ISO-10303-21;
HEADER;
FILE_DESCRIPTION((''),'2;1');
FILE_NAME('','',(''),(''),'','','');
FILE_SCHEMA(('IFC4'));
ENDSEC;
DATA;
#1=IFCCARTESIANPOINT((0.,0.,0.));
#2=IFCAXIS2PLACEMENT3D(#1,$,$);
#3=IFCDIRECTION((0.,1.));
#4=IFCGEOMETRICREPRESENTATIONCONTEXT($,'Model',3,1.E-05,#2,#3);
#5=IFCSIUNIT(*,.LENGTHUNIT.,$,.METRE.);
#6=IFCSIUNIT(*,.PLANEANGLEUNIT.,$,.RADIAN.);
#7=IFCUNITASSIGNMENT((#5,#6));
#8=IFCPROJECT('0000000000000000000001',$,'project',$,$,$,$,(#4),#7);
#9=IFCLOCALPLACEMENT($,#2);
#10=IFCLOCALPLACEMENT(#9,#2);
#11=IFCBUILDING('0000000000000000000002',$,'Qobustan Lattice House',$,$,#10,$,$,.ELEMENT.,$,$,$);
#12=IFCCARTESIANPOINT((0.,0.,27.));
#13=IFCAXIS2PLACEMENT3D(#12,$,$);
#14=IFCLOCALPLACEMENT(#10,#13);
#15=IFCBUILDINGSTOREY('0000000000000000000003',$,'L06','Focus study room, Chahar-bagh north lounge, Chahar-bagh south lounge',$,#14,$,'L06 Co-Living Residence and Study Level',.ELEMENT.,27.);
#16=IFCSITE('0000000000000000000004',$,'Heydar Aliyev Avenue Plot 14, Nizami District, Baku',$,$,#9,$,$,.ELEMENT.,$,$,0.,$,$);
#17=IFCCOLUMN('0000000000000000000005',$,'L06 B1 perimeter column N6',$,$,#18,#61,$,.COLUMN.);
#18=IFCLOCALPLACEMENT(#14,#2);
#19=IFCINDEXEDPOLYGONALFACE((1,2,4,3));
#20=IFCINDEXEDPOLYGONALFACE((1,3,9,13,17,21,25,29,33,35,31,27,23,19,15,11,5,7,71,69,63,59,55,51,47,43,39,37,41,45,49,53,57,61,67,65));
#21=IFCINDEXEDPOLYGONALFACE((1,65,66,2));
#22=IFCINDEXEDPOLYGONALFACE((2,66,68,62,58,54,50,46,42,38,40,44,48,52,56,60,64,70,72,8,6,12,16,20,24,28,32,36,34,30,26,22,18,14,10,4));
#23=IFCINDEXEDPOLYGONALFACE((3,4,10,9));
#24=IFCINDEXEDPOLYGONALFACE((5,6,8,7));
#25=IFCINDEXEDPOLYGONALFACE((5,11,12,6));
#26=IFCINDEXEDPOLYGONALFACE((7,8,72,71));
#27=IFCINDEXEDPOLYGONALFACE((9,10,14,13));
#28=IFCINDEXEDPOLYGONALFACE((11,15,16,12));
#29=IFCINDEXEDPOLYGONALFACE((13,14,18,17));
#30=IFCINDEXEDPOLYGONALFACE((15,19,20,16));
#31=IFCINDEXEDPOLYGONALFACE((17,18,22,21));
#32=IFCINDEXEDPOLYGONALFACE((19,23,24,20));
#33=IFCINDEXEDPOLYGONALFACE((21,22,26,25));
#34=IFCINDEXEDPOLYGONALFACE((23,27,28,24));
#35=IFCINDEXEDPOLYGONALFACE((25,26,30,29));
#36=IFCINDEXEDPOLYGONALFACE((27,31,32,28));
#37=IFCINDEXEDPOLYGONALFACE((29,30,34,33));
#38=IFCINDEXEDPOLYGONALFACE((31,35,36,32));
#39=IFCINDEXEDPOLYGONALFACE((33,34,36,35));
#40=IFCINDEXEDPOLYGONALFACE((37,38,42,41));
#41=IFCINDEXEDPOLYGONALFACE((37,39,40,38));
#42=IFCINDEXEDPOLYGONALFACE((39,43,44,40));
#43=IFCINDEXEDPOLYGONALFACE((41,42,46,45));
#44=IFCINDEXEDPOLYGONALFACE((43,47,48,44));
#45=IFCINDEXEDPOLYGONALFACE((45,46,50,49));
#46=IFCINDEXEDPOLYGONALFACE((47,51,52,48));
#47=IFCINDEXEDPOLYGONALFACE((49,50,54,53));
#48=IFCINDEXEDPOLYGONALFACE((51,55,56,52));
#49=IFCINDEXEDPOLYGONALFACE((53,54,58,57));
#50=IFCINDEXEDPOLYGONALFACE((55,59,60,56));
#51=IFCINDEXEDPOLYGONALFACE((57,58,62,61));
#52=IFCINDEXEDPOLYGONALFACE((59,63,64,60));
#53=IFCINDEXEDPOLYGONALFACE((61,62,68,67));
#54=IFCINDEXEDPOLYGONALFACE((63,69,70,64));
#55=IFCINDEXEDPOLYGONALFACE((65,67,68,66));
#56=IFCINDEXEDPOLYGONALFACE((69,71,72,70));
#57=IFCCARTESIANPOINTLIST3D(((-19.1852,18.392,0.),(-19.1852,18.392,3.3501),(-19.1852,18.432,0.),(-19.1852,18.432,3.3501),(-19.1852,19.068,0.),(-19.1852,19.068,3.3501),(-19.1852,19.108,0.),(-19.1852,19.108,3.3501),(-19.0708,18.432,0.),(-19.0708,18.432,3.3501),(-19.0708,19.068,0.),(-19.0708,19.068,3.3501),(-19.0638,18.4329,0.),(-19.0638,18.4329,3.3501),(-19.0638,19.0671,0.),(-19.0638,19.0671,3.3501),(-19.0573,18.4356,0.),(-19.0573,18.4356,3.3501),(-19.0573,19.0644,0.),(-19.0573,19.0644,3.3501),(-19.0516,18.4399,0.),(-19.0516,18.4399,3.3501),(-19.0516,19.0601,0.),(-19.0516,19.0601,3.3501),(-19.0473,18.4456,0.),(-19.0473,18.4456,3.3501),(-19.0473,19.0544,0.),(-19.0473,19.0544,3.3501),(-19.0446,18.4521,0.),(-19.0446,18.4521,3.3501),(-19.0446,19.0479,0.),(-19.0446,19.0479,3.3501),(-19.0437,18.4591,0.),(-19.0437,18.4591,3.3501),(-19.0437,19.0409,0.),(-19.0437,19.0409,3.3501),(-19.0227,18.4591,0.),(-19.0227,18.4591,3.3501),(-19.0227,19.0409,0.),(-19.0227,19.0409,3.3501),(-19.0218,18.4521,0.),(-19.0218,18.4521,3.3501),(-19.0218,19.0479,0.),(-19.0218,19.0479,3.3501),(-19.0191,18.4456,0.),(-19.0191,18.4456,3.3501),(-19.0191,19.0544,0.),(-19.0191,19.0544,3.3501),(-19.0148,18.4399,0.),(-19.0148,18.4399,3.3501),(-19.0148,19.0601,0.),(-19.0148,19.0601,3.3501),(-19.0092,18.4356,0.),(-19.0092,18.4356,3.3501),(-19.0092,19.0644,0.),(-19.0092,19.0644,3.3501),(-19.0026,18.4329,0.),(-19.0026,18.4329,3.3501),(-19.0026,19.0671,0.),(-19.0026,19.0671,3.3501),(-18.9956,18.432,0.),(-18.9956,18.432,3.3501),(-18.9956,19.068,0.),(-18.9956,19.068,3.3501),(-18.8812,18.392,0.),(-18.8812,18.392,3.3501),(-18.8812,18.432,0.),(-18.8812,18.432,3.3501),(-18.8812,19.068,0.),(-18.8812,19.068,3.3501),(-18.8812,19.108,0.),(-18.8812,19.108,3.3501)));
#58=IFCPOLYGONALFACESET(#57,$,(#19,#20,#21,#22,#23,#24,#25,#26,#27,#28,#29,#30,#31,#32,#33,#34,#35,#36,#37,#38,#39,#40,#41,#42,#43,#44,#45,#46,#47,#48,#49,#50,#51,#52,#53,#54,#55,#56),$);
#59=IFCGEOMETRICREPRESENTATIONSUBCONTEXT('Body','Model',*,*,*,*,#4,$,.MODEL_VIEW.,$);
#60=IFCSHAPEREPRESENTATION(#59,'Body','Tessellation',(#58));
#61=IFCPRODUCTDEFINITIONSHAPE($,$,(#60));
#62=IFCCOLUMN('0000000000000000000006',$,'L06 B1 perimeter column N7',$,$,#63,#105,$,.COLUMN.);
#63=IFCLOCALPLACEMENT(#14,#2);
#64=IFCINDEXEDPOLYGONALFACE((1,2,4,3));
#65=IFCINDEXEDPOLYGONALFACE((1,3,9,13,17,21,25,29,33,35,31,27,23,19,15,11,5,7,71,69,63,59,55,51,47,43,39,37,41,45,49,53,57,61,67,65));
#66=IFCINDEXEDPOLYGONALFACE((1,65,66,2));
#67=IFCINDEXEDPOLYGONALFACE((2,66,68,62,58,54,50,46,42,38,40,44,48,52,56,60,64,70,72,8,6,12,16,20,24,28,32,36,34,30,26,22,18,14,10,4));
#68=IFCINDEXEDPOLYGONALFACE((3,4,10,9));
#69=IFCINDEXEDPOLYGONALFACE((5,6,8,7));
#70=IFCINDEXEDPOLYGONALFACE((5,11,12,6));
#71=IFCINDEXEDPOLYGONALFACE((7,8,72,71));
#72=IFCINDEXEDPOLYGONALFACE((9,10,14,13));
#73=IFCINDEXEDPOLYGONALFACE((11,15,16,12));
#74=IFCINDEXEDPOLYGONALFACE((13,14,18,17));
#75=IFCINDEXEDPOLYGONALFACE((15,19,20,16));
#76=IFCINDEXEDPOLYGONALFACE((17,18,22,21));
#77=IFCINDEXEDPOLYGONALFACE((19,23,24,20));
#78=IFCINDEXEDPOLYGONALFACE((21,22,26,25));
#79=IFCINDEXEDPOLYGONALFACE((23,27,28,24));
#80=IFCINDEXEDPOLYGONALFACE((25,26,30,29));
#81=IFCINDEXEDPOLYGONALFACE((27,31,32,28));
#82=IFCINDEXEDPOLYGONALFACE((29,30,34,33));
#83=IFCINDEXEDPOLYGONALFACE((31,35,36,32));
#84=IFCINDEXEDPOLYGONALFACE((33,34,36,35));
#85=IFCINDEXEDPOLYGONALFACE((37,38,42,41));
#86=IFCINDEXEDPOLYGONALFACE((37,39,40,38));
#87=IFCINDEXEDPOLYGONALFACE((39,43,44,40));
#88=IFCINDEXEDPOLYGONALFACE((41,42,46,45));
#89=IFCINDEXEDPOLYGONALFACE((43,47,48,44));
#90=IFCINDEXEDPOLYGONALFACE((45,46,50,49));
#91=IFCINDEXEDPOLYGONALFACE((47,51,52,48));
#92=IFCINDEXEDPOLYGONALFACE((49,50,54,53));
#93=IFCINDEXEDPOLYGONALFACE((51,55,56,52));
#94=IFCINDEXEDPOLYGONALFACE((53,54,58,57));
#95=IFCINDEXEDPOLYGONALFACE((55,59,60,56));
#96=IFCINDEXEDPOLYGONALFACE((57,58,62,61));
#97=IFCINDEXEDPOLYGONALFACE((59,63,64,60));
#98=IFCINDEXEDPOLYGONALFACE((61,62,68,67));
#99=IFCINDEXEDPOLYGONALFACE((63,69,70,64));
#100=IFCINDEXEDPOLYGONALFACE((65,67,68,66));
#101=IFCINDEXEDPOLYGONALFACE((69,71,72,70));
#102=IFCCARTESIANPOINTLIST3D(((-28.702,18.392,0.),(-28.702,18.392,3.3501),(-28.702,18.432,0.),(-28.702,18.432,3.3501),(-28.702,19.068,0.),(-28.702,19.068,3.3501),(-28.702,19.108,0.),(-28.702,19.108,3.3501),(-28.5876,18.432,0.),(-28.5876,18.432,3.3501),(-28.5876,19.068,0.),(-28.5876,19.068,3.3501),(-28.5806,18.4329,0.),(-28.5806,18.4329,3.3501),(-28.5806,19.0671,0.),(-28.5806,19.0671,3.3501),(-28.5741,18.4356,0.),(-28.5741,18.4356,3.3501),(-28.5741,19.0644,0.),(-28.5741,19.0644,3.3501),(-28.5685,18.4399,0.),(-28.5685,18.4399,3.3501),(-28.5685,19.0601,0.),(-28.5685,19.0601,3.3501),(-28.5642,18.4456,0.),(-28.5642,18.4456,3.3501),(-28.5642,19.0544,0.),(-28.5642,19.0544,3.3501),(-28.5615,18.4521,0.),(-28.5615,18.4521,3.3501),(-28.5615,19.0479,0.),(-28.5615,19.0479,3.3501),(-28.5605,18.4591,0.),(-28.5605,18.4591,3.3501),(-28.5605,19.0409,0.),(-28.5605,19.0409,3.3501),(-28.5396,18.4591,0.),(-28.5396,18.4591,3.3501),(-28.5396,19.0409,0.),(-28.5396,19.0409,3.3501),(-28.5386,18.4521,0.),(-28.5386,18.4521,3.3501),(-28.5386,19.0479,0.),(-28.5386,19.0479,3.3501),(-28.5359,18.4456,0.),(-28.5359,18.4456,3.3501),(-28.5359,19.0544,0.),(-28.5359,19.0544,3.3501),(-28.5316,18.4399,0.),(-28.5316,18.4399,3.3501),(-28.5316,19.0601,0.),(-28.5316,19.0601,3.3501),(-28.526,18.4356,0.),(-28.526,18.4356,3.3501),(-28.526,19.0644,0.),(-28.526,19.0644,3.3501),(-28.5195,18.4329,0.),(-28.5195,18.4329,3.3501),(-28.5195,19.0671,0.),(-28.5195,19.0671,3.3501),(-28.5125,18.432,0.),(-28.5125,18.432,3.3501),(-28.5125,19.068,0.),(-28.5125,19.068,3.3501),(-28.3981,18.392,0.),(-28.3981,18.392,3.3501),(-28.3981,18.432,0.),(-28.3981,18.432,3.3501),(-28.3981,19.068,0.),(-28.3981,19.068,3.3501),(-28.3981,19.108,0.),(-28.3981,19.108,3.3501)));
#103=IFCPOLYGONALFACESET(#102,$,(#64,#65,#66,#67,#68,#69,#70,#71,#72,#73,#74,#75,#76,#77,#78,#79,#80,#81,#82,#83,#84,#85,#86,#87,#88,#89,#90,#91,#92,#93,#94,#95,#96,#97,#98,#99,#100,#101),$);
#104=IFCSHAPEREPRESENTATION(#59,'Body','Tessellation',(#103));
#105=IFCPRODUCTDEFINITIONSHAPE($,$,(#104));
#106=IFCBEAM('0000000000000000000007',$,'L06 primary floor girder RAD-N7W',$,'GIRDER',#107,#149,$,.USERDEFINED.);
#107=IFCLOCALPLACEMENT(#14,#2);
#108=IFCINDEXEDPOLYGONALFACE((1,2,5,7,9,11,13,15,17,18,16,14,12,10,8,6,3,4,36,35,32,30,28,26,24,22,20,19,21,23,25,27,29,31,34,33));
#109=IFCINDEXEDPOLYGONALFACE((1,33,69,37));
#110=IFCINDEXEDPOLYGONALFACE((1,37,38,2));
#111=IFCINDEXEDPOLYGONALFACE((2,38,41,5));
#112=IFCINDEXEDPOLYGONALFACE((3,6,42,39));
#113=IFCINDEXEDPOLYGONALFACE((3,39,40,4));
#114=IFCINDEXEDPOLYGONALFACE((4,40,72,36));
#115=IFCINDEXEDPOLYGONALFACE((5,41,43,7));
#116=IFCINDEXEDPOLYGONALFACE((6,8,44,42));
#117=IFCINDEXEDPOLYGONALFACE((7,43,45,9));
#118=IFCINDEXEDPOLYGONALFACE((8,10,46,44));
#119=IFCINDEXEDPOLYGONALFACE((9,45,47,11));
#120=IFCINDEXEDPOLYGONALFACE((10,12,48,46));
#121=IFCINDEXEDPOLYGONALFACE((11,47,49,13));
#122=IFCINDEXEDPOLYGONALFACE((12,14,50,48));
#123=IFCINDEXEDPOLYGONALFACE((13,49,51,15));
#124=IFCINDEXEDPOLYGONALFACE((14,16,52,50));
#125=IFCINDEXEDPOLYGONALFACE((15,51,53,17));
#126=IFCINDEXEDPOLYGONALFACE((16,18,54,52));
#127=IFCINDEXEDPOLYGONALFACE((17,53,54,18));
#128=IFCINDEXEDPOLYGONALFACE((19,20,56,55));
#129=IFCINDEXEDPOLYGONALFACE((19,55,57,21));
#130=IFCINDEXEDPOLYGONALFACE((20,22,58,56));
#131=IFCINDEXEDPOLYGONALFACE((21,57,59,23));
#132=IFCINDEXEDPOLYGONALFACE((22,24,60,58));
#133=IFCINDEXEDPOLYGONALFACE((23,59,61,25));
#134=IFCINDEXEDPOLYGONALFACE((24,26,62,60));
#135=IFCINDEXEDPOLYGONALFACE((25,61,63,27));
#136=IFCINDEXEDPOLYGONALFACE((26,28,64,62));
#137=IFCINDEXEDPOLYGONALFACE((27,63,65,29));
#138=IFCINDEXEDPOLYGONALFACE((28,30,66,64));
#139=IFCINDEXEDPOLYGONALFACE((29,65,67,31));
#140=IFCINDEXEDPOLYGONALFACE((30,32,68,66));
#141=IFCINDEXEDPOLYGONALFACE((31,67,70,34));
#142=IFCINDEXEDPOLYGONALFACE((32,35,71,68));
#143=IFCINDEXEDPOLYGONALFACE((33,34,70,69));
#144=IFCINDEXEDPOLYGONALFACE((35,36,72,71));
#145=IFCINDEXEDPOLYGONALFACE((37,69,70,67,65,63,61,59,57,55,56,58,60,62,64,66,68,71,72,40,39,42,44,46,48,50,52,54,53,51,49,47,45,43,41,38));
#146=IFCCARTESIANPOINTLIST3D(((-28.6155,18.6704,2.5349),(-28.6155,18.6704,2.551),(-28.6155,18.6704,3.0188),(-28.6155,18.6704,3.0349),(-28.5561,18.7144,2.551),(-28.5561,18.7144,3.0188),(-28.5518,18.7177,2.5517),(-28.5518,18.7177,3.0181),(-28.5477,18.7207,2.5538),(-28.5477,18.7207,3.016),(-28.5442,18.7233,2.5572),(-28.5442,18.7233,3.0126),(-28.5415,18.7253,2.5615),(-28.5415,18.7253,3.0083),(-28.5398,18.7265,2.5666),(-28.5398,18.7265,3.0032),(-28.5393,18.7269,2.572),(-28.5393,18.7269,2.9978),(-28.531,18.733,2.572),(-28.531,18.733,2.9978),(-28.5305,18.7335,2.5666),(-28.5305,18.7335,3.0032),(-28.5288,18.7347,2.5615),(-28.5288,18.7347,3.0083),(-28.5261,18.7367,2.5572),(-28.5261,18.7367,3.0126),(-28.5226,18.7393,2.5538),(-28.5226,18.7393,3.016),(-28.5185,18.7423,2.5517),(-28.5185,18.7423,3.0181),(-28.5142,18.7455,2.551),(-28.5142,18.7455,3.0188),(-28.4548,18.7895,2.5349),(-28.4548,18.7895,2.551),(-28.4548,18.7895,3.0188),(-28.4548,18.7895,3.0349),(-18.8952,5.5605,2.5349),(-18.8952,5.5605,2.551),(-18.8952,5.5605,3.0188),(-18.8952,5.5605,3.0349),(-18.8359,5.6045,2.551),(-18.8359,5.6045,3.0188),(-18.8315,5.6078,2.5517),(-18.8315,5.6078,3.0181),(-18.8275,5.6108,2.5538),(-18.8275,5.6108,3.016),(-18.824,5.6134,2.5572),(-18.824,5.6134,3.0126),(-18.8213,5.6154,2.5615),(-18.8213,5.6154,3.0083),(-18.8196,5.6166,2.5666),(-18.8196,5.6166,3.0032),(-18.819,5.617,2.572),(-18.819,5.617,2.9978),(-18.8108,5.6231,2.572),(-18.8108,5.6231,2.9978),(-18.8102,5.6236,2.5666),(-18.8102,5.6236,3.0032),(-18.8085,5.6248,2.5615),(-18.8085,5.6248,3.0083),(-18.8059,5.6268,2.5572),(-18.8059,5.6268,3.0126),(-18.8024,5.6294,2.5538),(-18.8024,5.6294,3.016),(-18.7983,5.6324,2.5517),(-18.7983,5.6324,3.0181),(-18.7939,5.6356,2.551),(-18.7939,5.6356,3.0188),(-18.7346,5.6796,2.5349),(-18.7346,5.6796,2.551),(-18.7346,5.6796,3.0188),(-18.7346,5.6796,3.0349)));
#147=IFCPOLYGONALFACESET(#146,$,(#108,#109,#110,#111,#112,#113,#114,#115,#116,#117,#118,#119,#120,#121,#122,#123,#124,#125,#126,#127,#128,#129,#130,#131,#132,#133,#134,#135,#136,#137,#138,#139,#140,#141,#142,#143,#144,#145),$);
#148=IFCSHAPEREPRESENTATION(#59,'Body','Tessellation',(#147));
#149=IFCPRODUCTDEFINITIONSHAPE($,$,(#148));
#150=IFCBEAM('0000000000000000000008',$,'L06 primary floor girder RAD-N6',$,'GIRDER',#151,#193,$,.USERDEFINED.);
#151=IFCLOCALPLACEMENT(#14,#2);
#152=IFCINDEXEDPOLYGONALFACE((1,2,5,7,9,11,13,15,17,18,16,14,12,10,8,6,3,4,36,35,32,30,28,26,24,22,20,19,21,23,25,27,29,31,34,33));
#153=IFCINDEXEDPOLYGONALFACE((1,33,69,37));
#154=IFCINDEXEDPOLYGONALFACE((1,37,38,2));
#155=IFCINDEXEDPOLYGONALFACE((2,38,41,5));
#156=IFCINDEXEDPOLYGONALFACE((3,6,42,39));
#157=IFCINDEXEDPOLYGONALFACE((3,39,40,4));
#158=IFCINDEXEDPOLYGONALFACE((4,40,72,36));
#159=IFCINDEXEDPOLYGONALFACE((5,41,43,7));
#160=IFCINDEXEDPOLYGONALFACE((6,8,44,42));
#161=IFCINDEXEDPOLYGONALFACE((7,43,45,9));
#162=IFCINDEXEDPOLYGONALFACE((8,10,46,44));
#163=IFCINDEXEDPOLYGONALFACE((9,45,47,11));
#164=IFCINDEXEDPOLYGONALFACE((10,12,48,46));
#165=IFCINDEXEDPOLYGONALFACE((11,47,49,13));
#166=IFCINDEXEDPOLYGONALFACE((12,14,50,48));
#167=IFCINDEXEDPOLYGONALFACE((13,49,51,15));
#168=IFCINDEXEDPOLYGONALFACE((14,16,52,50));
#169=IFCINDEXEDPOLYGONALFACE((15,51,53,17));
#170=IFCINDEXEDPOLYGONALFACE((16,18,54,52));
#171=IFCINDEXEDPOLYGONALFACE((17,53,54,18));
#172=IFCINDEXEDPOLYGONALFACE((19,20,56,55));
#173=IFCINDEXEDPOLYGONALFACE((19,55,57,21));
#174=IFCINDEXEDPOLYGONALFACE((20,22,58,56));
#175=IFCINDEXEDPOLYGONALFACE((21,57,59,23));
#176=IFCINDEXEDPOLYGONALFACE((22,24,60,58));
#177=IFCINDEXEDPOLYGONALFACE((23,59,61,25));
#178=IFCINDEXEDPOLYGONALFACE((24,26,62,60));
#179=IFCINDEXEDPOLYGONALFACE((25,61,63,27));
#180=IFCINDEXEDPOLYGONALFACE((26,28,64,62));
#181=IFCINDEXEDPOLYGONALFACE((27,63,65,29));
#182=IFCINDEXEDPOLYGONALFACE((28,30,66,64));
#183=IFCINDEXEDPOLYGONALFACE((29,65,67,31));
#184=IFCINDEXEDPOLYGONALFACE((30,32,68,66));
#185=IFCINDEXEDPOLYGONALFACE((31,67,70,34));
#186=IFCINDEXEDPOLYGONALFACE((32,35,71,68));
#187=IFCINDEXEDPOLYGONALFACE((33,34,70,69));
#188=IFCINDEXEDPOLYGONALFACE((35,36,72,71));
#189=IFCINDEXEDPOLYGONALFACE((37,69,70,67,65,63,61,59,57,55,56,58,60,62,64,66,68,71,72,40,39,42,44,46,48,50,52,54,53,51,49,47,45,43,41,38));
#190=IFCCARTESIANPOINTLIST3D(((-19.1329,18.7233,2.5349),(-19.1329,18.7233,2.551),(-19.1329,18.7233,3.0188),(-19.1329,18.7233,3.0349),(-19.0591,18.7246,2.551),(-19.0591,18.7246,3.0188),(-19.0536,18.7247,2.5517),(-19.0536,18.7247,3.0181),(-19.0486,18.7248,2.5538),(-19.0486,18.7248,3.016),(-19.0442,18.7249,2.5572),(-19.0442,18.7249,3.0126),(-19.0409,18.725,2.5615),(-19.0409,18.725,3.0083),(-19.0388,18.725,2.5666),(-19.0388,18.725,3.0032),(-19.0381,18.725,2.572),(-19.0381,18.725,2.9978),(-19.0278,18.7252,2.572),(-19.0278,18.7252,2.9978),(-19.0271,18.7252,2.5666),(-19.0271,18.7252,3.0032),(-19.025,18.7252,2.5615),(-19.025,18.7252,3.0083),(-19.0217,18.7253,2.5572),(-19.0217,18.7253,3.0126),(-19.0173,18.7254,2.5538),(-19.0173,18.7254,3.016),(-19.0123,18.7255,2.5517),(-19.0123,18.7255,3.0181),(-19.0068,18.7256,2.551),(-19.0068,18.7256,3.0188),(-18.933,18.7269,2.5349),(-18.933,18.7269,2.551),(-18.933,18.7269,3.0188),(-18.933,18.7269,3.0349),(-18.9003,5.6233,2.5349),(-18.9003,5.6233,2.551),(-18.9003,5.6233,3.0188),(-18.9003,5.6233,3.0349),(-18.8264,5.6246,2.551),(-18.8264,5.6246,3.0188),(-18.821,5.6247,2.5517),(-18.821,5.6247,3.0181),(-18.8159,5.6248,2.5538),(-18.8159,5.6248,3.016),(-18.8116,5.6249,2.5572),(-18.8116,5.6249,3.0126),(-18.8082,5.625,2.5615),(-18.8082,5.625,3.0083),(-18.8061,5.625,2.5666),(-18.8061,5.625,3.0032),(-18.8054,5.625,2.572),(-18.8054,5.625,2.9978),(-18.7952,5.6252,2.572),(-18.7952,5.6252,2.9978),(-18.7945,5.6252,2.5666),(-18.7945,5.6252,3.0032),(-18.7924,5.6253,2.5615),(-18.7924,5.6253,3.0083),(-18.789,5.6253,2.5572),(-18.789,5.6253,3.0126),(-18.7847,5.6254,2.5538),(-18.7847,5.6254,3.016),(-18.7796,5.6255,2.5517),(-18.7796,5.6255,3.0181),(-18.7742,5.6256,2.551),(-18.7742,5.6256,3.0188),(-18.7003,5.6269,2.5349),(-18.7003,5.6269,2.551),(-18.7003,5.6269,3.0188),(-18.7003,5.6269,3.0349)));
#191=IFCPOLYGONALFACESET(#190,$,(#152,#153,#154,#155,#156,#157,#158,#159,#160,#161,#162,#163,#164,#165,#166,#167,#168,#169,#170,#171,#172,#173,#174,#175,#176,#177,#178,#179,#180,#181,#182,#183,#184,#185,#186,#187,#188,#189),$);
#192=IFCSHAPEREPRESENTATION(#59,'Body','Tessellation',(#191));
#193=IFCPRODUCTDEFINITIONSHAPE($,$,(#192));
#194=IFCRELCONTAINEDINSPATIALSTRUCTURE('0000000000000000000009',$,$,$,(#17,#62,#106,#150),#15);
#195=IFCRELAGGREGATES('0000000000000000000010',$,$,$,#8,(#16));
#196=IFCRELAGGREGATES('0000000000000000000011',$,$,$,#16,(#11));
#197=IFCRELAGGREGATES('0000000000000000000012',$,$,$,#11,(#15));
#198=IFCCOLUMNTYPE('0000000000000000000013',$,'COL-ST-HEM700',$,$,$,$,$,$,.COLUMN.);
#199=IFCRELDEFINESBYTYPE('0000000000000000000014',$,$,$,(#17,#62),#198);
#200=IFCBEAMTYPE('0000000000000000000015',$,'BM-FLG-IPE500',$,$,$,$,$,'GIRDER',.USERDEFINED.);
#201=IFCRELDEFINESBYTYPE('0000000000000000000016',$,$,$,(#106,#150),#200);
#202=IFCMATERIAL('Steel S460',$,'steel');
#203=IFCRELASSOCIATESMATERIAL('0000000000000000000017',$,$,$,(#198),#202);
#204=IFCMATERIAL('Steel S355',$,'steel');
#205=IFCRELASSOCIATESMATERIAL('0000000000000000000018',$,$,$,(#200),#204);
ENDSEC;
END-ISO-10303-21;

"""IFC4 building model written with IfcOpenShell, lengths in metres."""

from ifc_helpers import new_model, si_unit, direction, frame, origin, origin_2d, place, context, subcontext, project, spatial, i_section, extrude, material, material_profile, profile_set, type_object, element, save


model = new_model("IFC4")

# Units and contexts
model_context = context("Model", 3, precision=1e-05, world=origin(), true_north=direction((0.0, 1.0)))
body_context = subcontext(model_context, "Body", "Model", "MODEL_VIEW")
ifc_project = project(units=[si_unit("LENGTHUNIT", "METRE"), si_unit("PLANEANGLEUNIT", "RADIAN")], contexts=[model_context])

# Site, building, storey
site_placement = place(None, origin())
site = spatial("IfcSite", under=ifc_project, at=site_placement, Name="Heydar Aliyev Avenue Plot 14, Nizami District, Baku", CompositionType="ELEMENT", RefElevation=0.0)
building_placement = place(site_placement, origin())
building = spatial("IfcBuilding", under=site, at=building_placement, Name="Qobustan Lattice House", CompositionType="ELEMENT")
storey_placement = place(building_placement, frame((0.0, 0.0, 27.0)))
storey = spatial("IfcBuildingStorey", under=building, at=storey_placement, Name="L06", Description="Focus study room, Chahar-bagh north lounge, Chahar-bagh south lounge", LongName="L06 Co-Living Residence and Study Level", CompositionType="ELEMENT", Elevation=27.0)

# Columns
ifc_material_1 = material(Name="Steel S460", Category="steel")
ifc_material_profile_1 = material_profile(ifc_material_1, i_section(OverallWidth=0.304, OverallDepth=0.7161, WebThickness=0.021, FlangeThickness=0.04, FilletRadius=0.0271, at=origin_2d()), Name="HEM700")
ifc_profile_set_1 = profile_set([ifc_material_profile_1], Name="Steel S460")
column_type = type_object("IfcColumnType", Name="COL-ST-HEM700", PredefinedType="COLUMN", material=ifc_profile_set_1)
for number, where, z_axis, x_axis, name in (
    (1, (-19.0332, 18.75, 0.0), (0.0, 0.0, 1.0), (1.0, 0.0, 0.0), "L06 B1 perimeter column N6"),
    (2, (-28.55, 18.75, 0.0), (0.0, 0.0, 1.0), (1.0, 0.0, 0.0), "L06 B1 perimeter column N7"),
):
    element("IfcColumn", number, at=place(storey_placement, frame(where, z_axis=z_axis, x_axis=x_axis)), inside=storey, type_object=column_type, Name=name, PredefinedType="COLUMN", context=body_context, shape_type="SweptSolid", body=[
        extrude(i_section(OverallWidth=0.304, OverallDepth=0.7161, WebThickness=0.021, FlangeThickness=0.04, FilletRadius=0.0271, at=origin_2d()), origin(), (0.0, 0.0, 1.0), 3.3501),
    ])

# Beams
ifc_material_2 = material(Name="Steel S355", Category="steel")
ifc_material_profile_2 = material_profile(ifc_material_2, i_section(OverallWidth=0.2, OverallDepth=0.5, WebThickness=0.0103, FlangeThickness=0.0161, FilletRadius=0.021, at=origin_2d()), Name="IPE500")
ifc_profile_set_2 = profile_set([ifc_material_profile_2], Name="Steel S355")
beam_type_1 = type_object("IfcBeamType", Name="BM-FLG-IPE500", ElementType="GIRDER", PredefinedType="USERDEFINED", material=ifc_profile_set_2)
beam_1_placement = place(storey_placement, frame((-28.5352, 18.73, 2.7849), z_axis=(0.595592, -0.803287, 0.0), x_axis=(0.803287, 0.595592, 0.0)))
element("IfcBeam", 3, at=beam_1_placement, inside=storey, type_object=beam_type_1, Name="L06 primary floor girder RAD-N7W", ObjectType="GIRDER", PredefinedType="USERDEFINED", context=body_context, shape_type="SweptSolid", body=[
    extrude(i_section(OverallWidth=0.2, OverallDepth=0.5, WebThickness=0.0103, FlangeThickness=0.0161, FilletRadius=0.021, at=origin_2d()), origin(), (0.0, 0.0, 1.0), 16.3203),
])
beam_2_placement = place(storey_placement, frame((-19.033, 18.7251, 2.7849), z_axis=(0.017758, -0.999842, 0.0), x_axis=(0.999842, 0.017758, 0.0)))
element("IfcBeam", 4, at=beam_2_placement, inside=storey, type_object=beam_type_1, Name="L06 primary floor girder RAD-N6", ObjectType="GIRDER", PredefinedType="USERDEFINED", context=body_context, shape_type="SweptSolid", body=[
    extrude(i_section(OverallWidth=0.2, OverallDepth=0.5, WebThickness=0.0103, FlangeThickness=0.0161, FilletRadius=0.021, at=origin_2d()), origin(), (0.0, 0.0, 1.0), 13.1021),
])

save(model, "model.ifc")
